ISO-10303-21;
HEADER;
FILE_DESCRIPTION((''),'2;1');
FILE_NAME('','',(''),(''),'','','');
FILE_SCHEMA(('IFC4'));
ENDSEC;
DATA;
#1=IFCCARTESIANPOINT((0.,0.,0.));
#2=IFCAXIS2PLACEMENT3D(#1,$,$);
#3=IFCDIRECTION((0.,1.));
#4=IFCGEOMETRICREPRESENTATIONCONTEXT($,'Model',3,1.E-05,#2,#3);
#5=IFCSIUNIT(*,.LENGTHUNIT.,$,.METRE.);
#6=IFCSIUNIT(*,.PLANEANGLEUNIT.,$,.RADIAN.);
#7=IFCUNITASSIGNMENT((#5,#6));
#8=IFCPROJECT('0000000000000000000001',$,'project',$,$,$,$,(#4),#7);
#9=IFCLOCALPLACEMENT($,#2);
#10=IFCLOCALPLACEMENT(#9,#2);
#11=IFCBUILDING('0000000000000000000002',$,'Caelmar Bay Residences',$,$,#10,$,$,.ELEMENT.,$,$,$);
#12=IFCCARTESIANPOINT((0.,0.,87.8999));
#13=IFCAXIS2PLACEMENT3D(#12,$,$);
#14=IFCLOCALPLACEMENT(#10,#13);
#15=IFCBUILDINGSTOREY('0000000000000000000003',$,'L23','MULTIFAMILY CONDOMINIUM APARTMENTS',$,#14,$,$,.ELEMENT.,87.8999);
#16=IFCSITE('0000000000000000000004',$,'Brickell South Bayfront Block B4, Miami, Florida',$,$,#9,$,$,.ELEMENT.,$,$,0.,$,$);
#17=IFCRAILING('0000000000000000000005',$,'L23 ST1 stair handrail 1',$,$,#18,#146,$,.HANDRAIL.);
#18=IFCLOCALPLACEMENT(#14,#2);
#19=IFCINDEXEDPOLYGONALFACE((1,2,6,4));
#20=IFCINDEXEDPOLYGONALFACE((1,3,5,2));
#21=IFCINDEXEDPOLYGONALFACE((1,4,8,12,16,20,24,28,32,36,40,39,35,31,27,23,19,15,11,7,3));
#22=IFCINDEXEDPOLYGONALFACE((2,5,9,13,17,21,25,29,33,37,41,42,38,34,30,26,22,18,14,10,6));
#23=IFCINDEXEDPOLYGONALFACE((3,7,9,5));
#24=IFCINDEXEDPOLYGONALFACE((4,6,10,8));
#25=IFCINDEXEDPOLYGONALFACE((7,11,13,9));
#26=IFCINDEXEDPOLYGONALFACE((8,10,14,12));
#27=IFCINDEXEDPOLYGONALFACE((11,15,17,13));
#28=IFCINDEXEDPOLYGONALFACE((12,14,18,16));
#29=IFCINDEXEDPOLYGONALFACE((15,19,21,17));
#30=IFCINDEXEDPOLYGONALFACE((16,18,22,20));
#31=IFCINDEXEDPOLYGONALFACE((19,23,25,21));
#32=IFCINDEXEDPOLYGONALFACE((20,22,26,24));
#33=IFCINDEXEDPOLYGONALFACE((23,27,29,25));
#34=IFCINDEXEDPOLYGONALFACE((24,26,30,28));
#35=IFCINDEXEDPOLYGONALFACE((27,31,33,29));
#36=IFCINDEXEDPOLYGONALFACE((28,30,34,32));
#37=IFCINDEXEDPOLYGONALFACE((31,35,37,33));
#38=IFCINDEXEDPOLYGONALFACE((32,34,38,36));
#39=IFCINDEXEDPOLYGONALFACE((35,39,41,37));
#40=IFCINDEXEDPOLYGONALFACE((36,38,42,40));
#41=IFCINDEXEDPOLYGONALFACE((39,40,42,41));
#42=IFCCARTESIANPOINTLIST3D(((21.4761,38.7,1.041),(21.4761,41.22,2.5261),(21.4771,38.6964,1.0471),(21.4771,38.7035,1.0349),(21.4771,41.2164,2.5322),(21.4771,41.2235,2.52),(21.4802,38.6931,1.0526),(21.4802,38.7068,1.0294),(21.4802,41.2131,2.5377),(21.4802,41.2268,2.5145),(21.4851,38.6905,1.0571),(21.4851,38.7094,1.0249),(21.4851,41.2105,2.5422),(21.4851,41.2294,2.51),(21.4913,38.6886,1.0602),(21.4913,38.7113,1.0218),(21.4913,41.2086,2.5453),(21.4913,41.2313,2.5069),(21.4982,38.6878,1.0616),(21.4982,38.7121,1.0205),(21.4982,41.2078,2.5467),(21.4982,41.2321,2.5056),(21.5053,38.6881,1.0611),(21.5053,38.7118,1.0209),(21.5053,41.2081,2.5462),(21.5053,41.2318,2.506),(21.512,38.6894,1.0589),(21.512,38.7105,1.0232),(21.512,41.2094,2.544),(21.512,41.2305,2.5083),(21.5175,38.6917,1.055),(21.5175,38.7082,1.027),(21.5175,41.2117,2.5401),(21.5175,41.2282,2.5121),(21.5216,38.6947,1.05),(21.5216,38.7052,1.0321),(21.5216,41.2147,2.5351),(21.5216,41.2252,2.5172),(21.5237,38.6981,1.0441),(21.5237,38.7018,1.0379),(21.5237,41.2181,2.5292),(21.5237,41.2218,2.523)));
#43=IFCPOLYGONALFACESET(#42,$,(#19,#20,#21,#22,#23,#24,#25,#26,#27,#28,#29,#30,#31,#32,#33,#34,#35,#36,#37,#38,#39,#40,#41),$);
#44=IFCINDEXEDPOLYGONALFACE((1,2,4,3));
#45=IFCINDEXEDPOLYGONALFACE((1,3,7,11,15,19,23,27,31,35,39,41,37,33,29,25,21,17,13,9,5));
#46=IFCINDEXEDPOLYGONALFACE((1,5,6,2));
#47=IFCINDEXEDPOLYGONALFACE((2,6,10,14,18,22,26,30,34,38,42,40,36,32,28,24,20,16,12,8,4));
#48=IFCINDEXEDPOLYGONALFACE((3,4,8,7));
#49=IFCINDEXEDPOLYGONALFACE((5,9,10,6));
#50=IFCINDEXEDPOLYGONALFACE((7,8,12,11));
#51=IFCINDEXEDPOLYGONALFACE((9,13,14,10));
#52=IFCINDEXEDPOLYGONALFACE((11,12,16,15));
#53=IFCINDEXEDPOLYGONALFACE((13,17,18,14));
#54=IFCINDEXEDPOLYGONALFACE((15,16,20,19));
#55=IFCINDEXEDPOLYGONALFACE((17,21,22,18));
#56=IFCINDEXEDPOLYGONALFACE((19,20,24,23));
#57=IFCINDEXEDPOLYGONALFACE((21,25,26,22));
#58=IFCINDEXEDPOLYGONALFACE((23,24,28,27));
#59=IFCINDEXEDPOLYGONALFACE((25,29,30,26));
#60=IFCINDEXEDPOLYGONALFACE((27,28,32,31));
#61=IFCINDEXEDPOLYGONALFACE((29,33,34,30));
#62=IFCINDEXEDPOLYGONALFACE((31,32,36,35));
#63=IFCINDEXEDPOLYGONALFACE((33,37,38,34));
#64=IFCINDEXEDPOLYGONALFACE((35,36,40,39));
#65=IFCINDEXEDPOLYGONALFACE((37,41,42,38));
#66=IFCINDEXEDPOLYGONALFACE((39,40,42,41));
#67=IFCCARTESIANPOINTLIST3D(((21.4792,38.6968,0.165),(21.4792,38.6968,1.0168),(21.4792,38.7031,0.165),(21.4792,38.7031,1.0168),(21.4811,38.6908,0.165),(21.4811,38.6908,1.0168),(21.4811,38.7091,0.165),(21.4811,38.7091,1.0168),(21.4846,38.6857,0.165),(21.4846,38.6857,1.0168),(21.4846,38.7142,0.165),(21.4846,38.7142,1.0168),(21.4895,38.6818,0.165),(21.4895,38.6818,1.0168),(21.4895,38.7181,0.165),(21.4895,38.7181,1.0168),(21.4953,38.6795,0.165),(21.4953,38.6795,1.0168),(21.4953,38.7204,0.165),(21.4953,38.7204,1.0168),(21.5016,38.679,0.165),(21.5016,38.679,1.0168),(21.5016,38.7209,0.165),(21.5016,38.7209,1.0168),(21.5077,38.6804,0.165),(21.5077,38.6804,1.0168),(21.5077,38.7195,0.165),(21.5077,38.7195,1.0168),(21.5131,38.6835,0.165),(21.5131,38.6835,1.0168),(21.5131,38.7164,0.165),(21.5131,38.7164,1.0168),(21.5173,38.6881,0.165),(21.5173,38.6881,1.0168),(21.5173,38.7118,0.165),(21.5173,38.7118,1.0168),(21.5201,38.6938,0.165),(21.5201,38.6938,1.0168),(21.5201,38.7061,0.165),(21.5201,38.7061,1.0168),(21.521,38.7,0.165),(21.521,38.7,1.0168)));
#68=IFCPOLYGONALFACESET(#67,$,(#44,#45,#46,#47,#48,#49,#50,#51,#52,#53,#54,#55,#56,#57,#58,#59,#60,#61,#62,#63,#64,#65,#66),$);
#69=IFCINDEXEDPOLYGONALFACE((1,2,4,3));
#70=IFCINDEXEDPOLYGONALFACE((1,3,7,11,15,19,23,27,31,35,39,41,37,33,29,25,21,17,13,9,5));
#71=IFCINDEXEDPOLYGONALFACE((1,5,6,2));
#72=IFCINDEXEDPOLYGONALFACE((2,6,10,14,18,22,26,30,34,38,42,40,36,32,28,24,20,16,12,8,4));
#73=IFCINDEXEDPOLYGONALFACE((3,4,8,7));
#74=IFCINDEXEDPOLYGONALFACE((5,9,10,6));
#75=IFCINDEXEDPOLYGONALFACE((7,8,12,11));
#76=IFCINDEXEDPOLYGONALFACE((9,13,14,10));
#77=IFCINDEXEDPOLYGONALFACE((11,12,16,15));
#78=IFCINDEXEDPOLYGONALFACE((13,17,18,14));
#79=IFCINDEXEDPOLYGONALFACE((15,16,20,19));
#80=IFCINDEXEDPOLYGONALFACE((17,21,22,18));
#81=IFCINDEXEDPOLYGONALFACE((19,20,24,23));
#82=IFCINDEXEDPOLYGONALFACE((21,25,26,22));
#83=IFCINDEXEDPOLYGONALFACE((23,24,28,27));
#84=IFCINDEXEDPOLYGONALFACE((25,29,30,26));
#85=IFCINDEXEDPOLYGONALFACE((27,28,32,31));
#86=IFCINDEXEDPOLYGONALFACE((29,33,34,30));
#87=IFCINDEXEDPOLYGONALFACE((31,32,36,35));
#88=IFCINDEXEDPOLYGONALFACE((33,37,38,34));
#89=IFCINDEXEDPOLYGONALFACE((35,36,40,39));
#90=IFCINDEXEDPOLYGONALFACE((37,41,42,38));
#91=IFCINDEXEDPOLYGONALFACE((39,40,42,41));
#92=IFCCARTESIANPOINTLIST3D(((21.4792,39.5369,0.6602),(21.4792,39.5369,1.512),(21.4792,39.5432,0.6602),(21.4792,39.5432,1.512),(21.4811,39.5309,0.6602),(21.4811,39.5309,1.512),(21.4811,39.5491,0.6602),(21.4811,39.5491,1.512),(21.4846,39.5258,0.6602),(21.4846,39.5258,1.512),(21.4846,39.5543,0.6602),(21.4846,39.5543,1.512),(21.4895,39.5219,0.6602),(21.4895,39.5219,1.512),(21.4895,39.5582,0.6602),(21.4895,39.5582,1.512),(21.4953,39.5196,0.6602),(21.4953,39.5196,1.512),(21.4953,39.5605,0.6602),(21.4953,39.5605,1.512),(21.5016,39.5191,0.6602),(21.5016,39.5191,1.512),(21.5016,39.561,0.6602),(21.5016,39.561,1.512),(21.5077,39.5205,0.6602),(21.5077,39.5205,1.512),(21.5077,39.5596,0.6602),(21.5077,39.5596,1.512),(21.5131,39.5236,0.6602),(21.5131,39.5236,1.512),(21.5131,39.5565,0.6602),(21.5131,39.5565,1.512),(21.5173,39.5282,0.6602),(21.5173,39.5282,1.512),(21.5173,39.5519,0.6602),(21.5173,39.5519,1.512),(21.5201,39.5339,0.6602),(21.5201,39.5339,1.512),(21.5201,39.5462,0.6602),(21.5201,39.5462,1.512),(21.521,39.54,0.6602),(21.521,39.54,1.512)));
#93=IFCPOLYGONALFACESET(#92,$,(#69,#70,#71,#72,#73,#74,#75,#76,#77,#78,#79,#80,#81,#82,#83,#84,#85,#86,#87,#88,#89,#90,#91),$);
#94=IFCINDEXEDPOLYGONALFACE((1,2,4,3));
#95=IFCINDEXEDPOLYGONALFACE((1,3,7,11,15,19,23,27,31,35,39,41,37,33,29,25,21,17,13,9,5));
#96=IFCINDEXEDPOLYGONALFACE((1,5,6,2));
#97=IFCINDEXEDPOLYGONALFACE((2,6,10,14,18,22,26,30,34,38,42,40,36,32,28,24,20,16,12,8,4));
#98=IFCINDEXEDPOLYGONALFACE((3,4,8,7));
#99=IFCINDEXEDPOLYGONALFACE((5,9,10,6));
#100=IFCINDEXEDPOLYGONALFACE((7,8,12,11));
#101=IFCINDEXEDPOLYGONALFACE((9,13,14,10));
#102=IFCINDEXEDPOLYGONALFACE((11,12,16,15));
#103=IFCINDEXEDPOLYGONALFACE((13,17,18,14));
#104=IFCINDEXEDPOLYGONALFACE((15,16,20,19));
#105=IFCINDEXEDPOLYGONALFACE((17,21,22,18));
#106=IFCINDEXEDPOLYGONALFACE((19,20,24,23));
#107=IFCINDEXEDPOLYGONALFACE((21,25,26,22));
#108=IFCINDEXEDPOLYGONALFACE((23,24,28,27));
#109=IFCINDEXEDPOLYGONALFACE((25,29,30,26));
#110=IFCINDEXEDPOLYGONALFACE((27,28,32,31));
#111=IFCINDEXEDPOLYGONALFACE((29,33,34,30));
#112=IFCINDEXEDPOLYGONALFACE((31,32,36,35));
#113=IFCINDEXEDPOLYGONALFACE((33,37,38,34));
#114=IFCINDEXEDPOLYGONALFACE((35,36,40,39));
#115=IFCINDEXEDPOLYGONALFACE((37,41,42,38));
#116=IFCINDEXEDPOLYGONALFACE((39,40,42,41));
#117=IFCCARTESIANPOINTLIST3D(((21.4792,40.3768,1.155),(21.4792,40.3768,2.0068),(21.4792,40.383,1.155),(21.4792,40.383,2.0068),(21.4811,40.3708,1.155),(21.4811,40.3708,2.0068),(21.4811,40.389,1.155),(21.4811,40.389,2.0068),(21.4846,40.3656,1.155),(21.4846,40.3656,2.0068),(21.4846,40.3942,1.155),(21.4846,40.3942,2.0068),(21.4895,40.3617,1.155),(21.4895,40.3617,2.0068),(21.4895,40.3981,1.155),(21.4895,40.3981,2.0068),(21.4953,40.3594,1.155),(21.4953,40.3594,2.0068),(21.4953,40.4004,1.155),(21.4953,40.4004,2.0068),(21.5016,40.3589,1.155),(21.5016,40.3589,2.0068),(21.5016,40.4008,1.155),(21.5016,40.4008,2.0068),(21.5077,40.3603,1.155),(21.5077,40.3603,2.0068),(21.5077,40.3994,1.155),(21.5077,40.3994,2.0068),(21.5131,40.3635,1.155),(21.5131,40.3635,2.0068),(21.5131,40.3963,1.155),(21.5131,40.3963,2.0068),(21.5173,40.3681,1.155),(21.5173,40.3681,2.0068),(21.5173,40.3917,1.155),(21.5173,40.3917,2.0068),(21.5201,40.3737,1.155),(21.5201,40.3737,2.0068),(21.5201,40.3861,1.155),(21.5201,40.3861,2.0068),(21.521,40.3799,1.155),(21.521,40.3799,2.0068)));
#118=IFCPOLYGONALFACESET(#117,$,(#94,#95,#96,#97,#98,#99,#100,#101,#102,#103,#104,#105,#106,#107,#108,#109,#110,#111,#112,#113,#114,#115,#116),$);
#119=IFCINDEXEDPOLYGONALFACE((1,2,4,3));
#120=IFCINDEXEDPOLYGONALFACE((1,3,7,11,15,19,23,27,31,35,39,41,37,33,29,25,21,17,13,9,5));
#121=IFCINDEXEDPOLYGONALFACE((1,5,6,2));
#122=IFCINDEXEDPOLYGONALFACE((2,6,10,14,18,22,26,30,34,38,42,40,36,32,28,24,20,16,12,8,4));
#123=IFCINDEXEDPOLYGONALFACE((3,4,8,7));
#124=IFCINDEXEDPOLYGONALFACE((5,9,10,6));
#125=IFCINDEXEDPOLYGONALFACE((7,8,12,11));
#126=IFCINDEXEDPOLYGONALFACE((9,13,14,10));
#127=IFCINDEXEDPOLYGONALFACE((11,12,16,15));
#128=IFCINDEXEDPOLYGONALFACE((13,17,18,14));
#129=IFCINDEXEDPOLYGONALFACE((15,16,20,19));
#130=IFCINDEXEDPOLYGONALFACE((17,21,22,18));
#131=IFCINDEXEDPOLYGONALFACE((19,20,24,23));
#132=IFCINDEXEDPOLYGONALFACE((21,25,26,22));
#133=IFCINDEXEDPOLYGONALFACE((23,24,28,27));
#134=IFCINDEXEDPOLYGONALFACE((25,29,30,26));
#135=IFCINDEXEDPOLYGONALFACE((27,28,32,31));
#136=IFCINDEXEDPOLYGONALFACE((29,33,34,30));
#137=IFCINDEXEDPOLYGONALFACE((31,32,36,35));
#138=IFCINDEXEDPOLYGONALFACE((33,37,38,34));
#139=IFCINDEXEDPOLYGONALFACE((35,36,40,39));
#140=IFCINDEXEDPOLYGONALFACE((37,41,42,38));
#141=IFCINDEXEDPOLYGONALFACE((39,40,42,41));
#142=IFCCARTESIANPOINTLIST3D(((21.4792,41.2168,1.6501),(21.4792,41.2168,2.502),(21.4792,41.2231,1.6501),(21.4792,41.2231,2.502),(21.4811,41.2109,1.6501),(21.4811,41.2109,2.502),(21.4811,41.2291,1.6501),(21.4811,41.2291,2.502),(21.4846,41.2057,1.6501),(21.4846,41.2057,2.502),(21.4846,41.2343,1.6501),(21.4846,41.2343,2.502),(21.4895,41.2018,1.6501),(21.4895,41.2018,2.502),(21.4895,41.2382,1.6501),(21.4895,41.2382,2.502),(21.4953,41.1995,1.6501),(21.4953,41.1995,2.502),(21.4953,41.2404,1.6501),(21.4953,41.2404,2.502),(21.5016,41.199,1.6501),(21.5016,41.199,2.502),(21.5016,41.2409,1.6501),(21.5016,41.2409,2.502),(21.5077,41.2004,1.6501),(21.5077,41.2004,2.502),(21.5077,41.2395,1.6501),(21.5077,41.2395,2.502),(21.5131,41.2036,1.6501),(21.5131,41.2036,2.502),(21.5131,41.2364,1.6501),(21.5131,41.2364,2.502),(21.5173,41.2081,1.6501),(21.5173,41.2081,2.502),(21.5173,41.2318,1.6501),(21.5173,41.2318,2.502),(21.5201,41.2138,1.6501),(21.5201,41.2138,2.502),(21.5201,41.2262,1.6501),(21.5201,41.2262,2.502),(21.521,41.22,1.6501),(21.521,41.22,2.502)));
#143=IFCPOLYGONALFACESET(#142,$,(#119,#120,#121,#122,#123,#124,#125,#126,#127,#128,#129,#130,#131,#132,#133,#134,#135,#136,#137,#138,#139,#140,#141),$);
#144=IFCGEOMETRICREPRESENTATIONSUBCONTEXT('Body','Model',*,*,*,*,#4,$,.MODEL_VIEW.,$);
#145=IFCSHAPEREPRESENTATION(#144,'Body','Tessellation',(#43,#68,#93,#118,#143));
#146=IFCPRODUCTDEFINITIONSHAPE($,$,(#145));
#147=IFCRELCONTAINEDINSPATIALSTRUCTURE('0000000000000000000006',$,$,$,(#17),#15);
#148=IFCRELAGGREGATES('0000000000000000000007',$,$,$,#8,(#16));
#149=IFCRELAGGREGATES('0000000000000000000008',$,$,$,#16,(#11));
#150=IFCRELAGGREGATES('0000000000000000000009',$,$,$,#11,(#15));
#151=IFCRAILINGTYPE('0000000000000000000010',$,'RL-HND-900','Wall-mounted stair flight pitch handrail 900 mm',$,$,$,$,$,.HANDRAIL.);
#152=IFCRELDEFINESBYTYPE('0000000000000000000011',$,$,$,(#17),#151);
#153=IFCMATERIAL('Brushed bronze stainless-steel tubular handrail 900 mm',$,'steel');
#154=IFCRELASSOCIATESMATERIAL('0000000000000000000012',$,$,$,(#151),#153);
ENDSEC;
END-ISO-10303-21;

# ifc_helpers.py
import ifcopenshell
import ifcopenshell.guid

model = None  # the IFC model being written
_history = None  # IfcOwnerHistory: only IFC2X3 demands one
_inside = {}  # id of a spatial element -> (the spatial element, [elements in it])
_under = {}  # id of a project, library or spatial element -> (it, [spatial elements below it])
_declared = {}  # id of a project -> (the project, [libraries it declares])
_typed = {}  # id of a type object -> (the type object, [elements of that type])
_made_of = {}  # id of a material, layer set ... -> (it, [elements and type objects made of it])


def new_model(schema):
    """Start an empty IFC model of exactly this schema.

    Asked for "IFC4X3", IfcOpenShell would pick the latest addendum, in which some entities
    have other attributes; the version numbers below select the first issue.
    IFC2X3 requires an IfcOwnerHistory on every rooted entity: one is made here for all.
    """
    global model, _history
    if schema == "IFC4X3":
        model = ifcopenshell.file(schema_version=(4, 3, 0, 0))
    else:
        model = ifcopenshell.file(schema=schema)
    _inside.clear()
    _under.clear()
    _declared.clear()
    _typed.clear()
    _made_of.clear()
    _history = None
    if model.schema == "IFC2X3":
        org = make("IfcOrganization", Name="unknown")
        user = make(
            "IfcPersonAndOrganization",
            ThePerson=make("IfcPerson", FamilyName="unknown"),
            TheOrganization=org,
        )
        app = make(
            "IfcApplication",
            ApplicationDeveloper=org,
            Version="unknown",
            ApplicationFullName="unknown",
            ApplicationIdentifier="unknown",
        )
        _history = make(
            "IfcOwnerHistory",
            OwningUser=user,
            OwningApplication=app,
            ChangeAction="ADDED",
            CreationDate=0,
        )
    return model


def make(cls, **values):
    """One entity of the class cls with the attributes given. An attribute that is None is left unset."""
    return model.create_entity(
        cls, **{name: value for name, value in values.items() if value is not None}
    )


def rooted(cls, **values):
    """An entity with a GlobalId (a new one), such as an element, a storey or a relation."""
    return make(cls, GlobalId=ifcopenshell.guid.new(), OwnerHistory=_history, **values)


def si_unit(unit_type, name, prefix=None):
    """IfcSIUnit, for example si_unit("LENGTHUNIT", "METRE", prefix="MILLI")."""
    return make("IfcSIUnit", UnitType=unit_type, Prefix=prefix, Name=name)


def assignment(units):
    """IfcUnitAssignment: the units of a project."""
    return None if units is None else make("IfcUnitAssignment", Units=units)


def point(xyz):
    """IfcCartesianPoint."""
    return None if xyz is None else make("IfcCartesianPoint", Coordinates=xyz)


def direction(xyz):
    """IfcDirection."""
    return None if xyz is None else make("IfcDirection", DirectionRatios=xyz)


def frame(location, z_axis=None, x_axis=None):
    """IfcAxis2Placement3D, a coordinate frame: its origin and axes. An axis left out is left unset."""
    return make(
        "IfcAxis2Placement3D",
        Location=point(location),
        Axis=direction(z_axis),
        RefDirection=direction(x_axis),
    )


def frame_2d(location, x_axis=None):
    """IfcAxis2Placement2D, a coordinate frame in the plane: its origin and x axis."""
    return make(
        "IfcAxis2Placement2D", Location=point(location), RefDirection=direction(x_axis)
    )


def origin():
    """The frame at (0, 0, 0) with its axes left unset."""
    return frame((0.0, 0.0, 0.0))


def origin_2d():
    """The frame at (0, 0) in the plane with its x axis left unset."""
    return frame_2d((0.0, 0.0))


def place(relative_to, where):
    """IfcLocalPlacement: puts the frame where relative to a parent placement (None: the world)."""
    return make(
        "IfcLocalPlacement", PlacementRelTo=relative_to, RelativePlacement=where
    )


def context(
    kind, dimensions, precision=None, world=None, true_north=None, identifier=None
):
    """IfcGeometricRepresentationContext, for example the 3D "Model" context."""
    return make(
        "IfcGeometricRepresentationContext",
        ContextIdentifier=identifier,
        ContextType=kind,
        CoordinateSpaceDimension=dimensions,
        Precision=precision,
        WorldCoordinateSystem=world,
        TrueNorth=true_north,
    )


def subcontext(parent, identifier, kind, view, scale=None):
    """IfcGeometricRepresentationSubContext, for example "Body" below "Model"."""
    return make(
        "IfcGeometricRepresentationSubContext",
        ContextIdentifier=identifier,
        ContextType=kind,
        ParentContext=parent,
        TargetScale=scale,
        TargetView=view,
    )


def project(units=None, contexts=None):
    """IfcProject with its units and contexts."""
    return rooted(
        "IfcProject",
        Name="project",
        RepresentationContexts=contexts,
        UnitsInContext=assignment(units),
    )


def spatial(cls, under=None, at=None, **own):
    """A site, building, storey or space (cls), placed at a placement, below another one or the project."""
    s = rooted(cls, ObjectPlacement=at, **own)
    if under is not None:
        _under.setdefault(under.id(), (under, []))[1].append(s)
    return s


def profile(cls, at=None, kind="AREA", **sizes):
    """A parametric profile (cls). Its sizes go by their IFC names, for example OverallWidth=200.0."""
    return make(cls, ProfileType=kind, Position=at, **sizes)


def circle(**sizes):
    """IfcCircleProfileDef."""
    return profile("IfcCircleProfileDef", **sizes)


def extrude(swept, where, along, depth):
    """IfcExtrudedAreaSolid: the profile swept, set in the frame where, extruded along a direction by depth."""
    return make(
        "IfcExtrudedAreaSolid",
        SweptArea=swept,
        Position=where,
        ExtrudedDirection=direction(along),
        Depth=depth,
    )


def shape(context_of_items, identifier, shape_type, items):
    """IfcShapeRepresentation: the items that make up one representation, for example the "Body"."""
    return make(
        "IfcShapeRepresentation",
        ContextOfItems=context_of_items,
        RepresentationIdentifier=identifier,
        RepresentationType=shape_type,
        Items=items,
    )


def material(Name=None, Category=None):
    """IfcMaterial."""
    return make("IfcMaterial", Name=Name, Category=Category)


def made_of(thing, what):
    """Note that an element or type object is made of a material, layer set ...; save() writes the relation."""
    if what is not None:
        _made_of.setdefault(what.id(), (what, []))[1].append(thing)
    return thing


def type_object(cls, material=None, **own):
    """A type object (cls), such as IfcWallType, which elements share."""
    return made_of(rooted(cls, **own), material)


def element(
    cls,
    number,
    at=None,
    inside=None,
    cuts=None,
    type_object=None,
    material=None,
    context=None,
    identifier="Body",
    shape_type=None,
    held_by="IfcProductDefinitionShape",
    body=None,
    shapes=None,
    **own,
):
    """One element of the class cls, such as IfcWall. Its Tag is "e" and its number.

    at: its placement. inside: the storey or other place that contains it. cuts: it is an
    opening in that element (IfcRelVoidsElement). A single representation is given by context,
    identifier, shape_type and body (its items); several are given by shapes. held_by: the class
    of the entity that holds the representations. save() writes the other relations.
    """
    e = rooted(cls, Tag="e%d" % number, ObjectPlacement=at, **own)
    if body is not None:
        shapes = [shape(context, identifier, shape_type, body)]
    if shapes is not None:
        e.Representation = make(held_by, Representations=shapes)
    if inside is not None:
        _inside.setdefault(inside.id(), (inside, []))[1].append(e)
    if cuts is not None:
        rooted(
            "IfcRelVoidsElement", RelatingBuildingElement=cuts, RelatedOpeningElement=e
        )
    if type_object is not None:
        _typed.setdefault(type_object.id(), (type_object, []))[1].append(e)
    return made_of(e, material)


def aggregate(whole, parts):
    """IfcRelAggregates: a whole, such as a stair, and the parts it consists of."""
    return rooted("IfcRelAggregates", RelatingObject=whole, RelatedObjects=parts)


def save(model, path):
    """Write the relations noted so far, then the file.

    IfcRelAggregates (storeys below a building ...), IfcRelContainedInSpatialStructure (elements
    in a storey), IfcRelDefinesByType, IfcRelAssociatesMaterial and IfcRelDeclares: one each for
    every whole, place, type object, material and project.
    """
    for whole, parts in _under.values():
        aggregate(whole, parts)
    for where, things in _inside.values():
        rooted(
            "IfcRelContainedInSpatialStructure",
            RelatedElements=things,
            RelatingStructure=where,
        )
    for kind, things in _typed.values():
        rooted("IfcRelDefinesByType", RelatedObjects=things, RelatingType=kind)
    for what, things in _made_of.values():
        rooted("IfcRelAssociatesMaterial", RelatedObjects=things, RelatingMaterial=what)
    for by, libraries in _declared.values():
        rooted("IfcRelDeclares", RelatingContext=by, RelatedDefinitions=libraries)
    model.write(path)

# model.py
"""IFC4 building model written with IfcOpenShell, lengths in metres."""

from ifc_helpers import new_model, si_unit, direction, frame, origin, origin_2d, place, context, subcontext, project, spatial, circle, extrude, material, type_object, element, save


model = new_model("IFC4")

# Units and contexts
model_context = context("Model", 3, precision=1e-05, world=origin(), true_north=direction((0.0, 1.0)))
body_context = subcontext(model_context, "Body", "Model", "MODEL_VIEW")
ifc_project = project(units=[si_unit("LENGTHUNIT", "METRE"), si_unit("PLANEANGLEUNIT", "RADIAN")], contexts=[model_context])

# Site, building, storey
site_placement = place(None, origin())
site = spatial("IfcSite", under=ifc_project, at=site_placement, Name="Brickell South Bayfront Block B4, Miami, Florida", CompositionType="ELEMENT", RefElevation=0.0)
building_placement = place(site_placement, origin())
building = spatial("IfcBuilding", under=site, at=building_placement, Name="Caelmar Bay Residences", CompositionType="ELEMENT")
storey_placement = place(building_placement, frame((0.0, 0.0, 87.8999)))
storey = spatial("IfcBuildingStorey", under=building, at=storey_placement, Name="L23", Description="MULTIFAMILY CONDOMINIUM APARTMENTS", CompositionType="ELEMENT", Elevation=87.8999)

# Railing
ifc_material_1 = material(Name="Brushed bronze stainless-steel tubular handrail 900 mm", Category="steel")
railing_type_1 = type_object("IfcRailingType", Name="RL-HND-900", Description="Wall-mounted stair flight pitch handrail 900 mm", PredefinedType="HANDRAIL", material=ifc_material_1)
railing_1_placement = place(storey_placement, frame((21.5, 38.7, 0.165)))
element("IfcRailing", 1, at=railing_1_placement, inside=storey, type_object=railing_type_1, Name="L23 ST1 stair handrail 1", PredefinedType="HANDRAIL", context=body_context, shape_type="SweptSolid", body=[
    extrude(circle(Radius=0.0239, at=origin_2d()), frame((0.0, 0.0, 0.876), z_axis=(0.0, 0.861524, 0.507717), x_axis=(-1.0, 0.0, 0.0)), (0.0, 0.0, 1.0), 2.925),
    extrude(circle(Radius=0.021, at=origin_2d()), origin(), (0.0, 0.0, 1.0), 0.8518),
    extrude(circle(Radius=0.021, at=origin_2d()), frame((0.0, 0.8401, 0.4951)), (0.0, 0.0, 1.0), 0.8518),
    extrude(circle(Radius=0.021, at=origin_2d()), frame((0.0, 1.6799, 0.99)), (0.0, 0.0, 1.0), 0.8518),
    extrude(circle(Radius=0.021, at=origin_2d()), frame((0.0, 2.52, 1.4851)), (0.0, 0.0, 1.0), 0.8518),
])

save(model, "model.ifc")
